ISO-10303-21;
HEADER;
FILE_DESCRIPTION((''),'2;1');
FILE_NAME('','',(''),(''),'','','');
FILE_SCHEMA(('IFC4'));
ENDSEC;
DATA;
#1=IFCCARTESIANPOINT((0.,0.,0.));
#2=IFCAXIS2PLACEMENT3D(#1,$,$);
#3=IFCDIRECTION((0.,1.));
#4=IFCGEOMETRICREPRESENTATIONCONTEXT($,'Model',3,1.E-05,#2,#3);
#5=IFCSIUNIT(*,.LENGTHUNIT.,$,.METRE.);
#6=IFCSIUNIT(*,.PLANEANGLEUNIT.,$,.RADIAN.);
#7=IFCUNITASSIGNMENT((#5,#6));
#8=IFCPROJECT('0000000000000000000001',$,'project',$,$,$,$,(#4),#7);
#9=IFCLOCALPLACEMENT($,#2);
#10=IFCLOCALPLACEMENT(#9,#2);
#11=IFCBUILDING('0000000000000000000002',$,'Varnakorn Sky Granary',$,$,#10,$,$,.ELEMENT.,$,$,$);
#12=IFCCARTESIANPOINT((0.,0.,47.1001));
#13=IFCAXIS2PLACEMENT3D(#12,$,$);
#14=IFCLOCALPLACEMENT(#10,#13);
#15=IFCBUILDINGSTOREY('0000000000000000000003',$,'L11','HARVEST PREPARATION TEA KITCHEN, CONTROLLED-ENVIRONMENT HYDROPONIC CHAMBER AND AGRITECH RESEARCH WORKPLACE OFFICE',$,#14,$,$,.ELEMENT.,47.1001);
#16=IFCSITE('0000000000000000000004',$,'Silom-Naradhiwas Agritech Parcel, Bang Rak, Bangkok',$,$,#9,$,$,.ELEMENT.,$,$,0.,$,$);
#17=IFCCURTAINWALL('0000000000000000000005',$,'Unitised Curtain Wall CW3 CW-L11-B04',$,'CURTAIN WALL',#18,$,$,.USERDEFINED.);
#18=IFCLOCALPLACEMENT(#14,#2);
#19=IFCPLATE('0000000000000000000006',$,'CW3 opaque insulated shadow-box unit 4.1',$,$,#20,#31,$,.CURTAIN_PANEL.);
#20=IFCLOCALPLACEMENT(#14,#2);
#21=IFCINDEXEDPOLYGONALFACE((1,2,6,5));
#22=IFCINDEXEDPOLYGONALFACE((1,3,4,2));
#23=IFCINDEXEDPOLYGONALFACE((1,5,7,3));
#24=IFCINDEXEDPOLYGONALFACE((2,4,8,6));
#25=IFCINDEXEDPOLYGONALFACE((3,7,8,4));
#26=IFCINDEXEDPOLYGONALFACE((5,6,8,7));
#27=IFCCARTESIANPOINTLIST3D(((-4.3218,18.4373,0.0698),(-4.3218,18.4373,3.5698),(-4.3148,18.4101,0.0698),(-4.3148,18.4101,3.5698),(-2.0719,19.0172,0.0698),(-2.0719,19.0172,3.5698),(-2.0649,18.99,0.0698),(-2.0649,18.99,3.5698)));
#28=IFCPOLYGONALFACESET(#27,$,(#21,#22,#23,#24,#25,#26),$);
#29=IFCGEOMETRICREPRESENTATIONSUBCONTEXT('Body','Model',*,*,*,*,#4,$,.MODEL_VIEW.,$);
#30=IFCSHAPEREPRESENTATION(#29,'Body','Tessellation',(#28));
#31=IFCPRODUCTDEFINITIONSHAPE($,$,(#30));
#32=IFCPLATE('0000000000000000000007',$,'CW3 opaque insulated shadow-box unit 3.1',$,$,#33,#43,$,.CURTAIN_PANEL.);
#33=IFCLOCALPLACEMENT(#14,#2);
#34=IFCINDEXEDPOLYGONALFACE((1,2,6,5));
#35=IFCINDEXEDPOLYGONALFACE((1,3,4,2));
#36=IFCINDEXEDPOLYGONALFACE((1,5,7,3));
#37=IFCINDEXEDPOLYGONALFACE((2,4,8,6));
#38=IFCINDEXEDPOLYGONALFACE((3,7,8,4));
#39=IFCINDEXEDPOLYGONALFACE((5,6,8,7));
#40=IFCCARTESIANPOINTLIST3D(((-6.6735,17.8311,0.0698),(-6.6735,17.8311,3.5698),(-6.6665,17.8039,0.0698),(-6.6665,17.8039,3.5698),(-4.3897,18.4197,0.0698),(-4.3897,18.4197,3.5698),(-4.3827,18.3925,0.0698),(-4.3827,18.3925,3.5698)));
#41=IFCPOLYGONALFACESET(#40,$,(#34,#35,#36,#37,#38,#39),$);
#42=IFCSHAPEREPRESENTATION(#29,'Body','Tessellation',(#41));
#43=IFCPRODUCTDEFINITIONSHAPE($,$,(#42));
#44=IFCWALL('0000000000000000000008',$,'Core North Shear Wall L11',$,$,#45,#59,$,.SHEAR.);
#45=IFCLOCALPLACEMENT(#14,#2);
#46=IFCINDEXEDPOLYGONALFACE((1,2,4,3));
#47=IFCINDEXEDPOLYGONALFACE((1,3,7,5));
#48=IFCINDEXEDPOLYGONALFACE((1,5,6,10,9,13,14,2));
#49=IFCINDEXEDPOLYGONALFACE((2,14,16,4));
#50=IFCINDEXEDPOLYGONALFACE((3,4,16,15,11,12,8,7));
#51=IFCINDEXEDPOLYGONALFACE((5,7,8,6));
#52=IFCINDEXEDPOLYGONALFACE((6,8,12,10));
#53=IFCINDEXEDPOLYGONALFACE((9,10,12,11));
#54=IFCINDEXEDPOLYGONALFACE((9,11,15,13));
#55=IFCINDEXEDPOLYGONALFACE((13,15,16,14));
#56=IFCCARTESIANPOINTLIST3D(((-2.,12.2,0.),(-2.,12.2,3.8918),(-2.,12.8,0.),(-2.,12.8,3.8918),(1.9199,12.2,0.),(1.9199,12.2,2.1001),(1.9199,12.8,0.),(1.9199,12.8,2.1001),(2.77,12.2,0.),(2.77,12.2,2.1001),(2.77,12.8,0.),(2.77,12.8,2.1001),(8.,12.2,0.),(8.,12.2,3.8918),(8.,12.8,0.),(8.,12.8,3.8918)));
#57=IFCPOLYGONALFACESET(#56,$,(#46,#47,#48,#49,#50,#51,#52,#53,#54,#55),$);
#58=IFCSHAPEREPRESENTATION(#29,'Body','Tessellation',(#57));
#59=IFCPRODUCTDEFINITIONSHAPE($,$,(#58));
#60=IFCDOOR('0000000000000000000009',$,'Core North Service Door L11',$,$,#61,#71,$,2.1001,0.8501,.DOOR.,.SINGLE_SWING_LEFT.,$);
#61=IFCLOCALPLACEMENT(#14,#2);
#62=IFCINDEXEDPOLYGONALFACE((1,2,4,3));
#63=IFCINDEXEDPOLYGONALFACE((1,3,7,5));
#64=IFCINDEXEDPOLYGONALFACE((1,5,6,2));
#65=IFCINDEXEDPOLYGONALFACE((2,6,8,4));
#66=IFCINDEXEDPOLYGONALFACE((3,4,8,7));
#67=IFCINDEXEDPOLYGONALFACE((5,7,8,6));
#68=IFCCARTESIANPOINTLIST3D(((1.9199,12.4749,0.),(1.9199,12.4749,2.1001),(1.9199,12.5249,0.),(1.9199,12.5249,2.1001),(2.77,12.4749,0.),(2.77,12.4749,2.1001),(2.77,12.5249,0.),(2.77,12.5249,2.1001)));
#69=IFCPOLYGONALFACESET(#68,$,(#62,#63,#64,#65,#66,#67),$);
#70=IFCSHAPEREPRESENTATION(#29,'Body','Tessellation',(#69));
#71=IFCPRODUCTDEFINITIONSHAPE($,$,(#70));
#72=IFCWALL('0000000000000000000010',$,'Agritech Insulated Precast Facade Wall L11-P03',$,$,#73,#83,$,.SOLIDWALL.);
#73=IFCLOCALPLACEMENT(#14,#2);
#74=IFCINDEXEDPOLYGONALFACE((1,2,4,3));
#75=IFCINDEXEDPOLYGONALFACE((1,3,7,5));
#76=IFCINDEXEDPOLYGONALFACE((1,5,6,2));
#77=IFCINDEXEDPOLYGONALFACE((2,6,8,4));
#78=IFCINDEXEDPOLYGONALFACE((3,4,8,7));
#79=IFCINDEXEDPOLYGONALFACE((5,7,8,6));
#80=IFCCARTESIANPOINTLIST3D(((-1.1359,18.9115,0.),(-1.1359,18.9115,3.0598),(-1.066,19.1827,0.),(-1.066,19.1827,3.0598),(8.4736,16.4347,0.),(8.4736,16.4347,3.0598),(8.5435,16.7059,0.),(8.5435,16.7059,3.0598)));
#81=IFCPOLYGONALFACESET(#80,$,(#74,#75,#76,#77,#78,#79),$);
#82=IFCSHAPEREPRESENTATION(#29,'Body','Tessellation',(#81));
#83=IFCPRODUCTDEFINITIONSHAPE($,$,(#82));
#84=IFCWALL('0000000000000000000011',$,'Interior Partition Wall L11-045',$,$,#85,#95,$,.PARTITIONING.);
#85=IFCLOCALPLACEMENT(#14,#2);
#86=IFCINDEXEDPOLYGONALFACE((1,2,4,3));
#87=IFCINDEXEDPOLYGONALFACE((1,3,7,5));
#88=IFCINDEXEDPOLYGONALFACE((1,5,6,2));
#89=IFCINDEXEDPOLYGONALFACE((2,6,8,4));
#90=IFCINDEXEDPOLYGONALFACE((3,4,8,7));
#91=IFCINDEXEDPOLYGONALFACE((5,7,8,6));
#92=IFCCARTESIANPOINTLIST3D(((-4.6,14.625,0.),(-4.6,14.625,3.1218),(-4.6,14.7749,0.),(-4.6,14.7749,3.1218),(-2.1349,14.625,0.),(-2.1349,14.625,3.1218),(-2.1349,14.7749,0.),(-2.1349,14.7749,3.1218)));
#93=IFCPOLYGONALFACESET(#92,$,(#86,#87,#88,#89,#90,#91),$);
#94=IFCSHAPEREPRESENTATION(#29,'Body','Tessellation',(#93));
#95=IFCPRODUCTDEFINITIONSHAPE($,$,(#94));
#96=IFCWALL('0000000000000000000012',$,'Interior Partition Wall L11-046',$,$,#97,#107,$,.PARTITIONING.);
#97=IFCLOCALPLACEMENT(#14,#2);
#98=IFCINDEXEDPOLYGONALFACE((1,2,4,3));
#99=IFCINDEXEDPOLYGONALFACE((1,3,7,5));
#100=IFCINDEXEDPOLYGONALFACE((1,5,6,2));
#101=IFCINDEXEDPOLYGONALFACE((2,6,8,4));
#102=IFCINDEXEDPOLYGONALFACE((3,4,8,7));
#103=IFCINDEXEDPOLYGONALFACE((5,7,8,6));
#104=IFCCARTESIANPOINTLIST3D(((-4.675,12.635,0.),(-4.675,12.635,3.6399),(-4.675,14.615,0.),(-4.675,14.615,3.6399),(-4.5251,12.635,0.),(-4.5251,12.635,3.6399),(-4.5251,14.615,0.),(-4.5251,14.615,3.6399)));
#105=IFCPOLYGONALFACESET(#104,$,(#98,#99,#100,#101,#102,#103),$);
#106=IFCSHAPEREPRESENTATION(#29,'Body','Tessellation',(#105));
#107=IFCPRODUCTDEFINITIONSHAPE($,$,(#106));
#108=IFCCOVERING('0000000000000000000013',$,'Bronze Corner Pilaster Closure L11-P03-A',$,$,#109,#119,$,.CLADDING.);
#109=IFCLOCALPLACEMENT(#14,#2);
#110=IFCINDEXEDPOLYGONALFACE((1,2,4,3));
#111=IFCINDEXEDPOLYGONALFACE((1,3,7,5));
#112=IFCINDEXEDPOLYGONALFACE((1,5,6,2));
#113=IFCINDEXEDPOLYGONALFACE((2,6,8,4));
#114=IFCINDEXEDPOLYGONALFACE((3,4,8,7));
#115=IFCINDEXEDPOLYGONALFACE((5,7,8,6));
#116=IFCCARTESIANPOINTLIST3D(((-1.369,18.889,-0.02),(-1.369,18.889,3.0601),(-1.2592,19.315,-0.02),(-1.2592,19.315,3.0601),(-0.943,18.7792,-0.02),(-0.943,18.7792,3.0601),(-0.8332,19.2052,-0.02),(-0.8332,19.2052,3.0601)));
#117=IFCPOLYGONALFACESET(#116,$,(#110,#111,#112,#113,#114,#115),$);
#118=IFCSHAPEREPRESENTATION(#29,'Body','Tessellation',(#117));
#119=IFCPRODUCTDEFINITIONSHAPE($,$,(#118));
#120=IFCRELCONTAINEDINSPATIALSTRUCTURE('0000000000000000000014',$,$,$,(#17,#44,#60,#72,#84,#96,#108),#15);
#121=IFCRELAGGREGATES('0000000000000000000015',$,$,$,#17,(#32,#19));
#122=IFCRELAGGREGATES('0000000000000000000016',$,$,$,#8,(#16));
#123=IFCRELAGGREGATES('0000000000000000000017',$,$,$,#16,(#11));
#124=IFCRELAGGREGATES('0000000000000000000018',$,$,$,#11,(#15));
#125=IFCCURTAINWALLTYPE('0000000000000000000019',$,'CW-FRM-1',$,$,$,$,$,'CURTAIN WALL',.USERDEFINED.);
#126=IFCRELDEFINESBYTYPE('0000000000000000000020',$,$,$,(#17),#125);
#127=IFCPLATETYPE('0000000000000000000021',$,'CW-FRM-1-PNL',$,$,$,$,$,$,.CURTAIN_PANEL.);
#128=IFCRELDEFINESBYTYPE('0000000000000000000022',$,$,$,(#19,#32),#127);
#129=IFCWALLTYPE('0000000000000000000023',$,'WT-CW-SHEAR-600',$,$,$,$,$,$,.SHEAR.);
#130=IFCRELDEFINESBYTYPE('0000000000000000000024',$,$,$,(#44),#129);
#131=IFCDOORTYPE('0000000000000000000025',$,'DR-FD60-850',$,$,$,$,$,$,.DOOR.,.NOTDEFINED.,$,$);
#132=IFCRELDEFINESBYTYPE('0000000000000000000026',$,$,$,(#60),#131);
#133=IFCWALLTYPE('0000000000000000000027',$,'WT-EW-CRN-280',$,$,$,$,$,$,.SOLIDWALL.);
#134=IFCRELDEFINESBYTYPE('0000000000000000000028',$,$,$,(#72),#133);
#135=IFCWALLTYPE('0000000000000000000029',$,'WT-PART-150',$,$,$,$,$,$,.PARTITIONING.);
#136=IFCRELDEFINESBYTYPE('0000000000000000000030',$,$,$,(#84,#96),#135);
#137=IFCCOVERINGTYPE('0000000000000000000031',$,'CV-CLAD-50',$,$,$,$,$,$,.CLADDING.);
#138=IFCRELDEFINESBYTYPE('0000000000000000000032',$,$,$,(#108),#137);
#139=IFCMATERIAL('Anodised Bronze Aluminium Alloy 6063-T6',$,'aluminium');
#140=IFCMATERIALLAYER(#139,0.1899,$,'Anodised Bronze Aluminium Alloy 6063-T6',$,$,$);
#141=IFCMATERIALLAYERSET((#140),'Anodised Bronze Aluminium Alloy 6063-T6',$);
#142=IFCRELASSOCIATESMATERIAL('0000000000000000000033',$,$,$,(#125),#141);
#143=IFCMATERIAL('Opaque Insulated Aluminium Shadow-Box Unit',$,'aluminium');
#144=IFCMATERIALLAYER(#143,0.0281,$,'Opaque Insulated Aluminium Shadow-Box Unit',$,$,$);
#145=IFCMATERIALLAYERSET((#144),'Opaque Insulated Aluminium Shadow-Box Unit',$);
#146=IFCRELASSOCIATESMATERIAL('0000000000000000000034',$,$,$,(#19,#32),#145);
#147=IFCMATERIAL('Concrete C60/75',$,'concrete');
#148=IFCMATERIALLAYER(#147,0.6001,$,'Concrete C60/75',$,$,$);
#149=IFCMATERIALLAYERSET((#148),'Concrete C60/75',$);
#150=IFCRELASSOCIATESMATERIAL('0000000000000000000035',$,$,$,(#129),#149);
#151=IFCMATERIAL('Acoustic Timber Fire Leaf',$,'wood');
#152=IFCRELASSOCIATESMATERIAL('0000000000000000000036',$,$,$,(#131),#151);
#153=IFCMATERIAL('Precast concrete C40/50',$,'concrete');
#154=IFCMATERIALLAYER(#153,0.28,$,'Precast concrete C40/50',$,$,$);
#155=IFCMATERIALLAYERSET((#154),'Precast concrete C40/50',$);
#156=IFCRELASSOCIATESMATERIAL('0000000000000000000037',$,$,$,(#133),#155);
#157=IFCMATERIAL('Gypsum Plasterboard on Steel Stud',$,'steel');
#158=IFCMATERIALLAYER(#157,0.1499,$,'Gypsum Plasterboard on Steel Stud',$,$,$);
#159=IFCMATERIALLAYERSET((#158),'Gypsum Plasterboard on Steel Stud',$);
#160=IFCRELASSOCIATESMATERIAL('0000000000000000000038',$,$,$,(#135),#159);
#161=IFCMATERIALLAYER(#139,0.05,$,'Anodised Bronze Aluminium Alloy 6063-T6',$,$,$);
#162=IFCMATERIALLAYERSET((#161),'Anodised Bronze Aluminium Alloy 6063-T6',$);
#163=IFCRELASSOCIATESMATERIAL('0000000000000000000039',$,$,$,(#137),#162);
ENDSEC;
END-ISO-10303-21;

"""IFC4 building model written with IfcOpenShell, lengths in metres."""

from ifc_helpers import new_model, si_unit, direction, frame, frame_2d, origin, origin_2d, place, context, subcontext, project, spatial, rectangle, extrude, source, transform, mapped, material, layer, layer_set, type_object, type_shapes, element, fill, aggregate, save


model = new_model("IFC4")

# Units and contexts
model_context = context("Model", 3, precision=1e-05, world=origin(), true_north=direction((0.0, 1.0)))
body_context = subcontext(model_context, "Body", "Model", "MODEL_VIEW")
ifc_project = project(units=[si_unit("LENGTHUNIT", "METRE"), si_unit("PLANEANGLEUNIT", "RADIAN")], contexts=[model_context])

# Site, building, storey
site_placement = place(None, origin())
site = spatial("IfcSite", under=ifc_project, at=site_placement, Name="Silom-Naradhiwas Agritech Parcel, Bang Rak, Bangkok", CompositionType="ELEMENT", RefElevation=0.0)
building_placement = place(site_placement, origin())
building = spatial("IfcBuilding", under=site, at=building_placement, Name="Varnakorn Sky Granary", CompositionType="ELEMENT")
storey_placement = place(building_placement, frame((0.0, 0.0, 47.1001)))
storey = spatial("IfcBuildingStorey", under=building, at=storey_placement, Name="L11", Description="HARVEST PREPARATION TEA KITCHEN, CONTROLLED-ENVIRONMENT HYDROPONIC CHAMBER AND AGRITECH RESEARCH WORKPLACE OFFICE", CompositionType="ELEMENT", Elevation=47.1001)

# Shared definitions
ifc_material_1 = material(Name="Concrete C60/75", Category="concrete")

# Curtain wall
ifc_material_2 = material(Name="Anodised Bronze Aluminium Alloy 6063-T6", Category="aluminium")
ifc_layer_1 = layer(ifc_material_2, 0.1899, Name="Anodised Bronze Aluminium Alloy 6063-T6")
ifc_layer_set_1 = layer_set([ifc_layer_1], Name="Anodised Bronze Aluminium Alloy 6063-T6")
curtain_wall_type = type_object("IfcCurtainWallType", Name="CW-FRM-1", ElementType="CURTAIN WALL", PredefinedType="USERDEFINED", material=ifc_layer_set_1)
curtain_wall_placement = place(storey_placement, origin())
curtain_wall = element("IfcCurtainWall", 1, at=curtain_wall_placement, inside=storey, type_object=curtain_wall_type, Name="Unitised Curtain Wall CW3 CW-L11-B04", ObjectType="CURTAIN WALL", PredefinedType="USERDEFINED")

# Plates
ifc_material_3 = material(Name="Opaque Insulated Aluminium Shadow-Box Unit", Category="aluminium")
ifc_layer_2 = layer(ifc_material_3, 0.0281, Name="Opaque Insulated Aluminium Shadow-Box Unit")
ifc_layer_set_2 = layer_set([ifc_layer_2], Name="Opaque Insulated Aluminium Shadow-Box Unit")
plate_type = type_object("IfcPlateType", Name="CW-FRM-1-PNL", PredefinedType="CURTAIN_PANEL")
shared_shape_1 = source(origin(), body_context, "Body", "SweptSolid", [
    extrude(rectangle(XDim=2.3235, YDim=0.0281, at=origin_2d()), origin(), (0.0, 0.0, 1.0), 3.5),
])
plate_1_placement = place(storey_placement, frame((-3.1934, 18.7136, 0.0698), z_axis=(0.0, 0.0, 1.0), x_axis=(0.96835, 0.249595, 0.0)))
plate_1 = element("IfcPlate", 2, at=plate_1_placement, type_object=plate_type, material=ifc_layer_set_2, Name="CW3 opaque insulated shadow-box unit 4.1", PredefinedType="CURTAIN_PANEL", context=body_context, shape_type="MappedRepresentation", body=[
    mapped(shared_shape_1, transform((0.0, 0.0, 0.0), x_axis=(1.0, 0.0, 0.0), y_axis=(0.0, 1.0, 0.0), z_axis=(0.0, 0.0, 1.0), scale=1.0)),
])
shared_shape_2 = source(origin(), body_context, "Body", "SweptSolid", [
    extrude(rectangle(XDim=2.3584, YDim=0.0281, at=origin_2d()), origin(), (0.0, 0.0, 1.0), 3.5),
])
type_shapes(plate_type, [shared_shape_1, shared_shape_2])
plate_2_placement = place(storey_placement, frame((-5.5281, 18.1118, 0.0698), z_axis=(0.0, 0.0, 1.0), x_axis=(0.96835, 0.249595, 0.0)))
plate_2 = element("IfcPlate", 3, at=plate_2_placement, type_object=plate_type, material=ifc_layer_set_2, Name="CW3 opaque insulated shadow-box unit 3.1", PredefinedType="CURTAIN_PANEL", context=body_context, shape_type="MappedRepresentation", body=[
    mapped(shared_shape_2, transform((0.0, 0.0, 0.0), x_axis=(1.0, 0.0, 0.0), y_axis=(0.0, 1.0, 0.0), z_axis=(0.0, 0.0, 1.0), scale=1.0)),
])
aggregate(curtain_wall, [plate_2, plate_1])

# Wall, opening, door
ifc_layer_3 = layer(ifc_material_1, 0.6001, Name="Concrete C60/75")
ifc_layer_set_3 = layer_set([ifc_layer_3], Name="Concrete C60/75")
wall_type_1 = type_object("IfcWallType", Name="WT-CW-SHEAR-600", PredefinedType="SHEAR", material=ifc_layer_set_3)
wall_1_placement = place(storey_placement, frame((-2.0, 12.5, 0.0), z_axis=(0.0, 0.0, 1.0), x_axis=(1.0, 0.0, 0.0)))
wall_1 = element("IfcWall", 4, at=wall_1_placement, inside=storey, type_object=wall_type_1, Name="Core North Shear Wall L11", PredefinedType="SHEAR", context=body_context, shape_type="SweptSolid", body=[
    extrude(rectangle(XDim=10.0, YDim=0.6001, at=frame_2d((5.0, 0.0))), origin(), (0.0, 0.0, 1.0), 3.8918),
])
opening_placement = place(wall_1_placement, frame((3.9199, 0.0, 0.0)))
opening = element("IfcOpeningElement", 5, at=opening_placement, cuts=wall_1, PredefinedType="OPENING", context=body_context, shape_type="SweptSolid", body=[
    extrude(rectangle(XDim=0.8501, YDim=2.1001, at=frame_2d((0.425, 1.05))), frame((0.0, 0.3101, 0.0), z_axis=(0.0, -1.0, 0.0), x_axis=(1.0, 0.0, 0.0)), (0.0, 0.0, 1.0), 0.6201),
])
ifc_material_4 = material(Name="Acoustic Timber Fire Leaf", Category="wood")
door_type = type_object("IfcDoorType", Name="DR-FD60-850", OperationType="NOTDEFINED", PredefinedType="DOOR", material=ifc_material_4)
door_placement = place(opening_placement, origin())
door = element("IfcDoor", 6, at=door_placement, inside=storey, type_object=door_type, Name="Core North Service Door L11", OperationType="SINGLE_SWING_LEFT", OverallHeight=2.1001, OverallWidth=0.8501, PredefinedType="DOOR", context=body_context, shape_type="SweptSolid", body=[
    extrude(rectangle(XDim=0.8501, YDim=2.1001, at=frame_2d((0.425, 1.05))), frame((0.0, 0.0249, 0.0), z_axis=(0.0, -1.0, 0.0), x_axis=(1.0, 0.0, 0.0)), (0.0, 0.0, 1.0), 0.05),
])
fill(opening, door)

# Walls
ifc_material_5 = material(Name="Precast concrete C40/50", Category="concrete")
ifc_layer_4 = layer(ifc_material_5, 0.28, Name="Precast concrete C40/50")
ifc_layer_set_4 = layer_set([ifc_layer_4], Name="Precast concrete C40/50")
wall_type_2 = type_object("IfcWallType", Name="WT-EW-CRN-280", PredefinedType="SOLIDWALL", material=ifc_layer_set_4)
wall_2_placement = place(storey_placement, frame((-1.1011, 19.0471, 0.0), z_axis=(0.0, 0.0, 1.0), x_axis=(0.968353, -0.249586, 0.0)))
element("IfcWall", 7, at=wall_2_placement, inside=storey, type_object=wall_type_2, Name="Agritech Insulated Precast Facade Wall L11-P03", PredefinedType="SOLIDWALL", context=body_context, shape_type="SweptSolid", body=[
    extrude(rectangle(XDim=9.9236, YDim=0.28, at=frame_2d((4.9619, 0.0))), origin(), (0.0, 0.0, 1.0), 3.0598),
])
ifc_material_6 = material(Name="Gypsum Plasterboard on Steel Stud", Category="steel")
ifc_layer_5 = layer(ifc_material_6, 0.1499, Name="Gypsum Plasterboard on Steel Stud")
ifc_layer_set_5 = layer_set([ifc_layer_5], Name="Gypsum Plasterboard on Steel Stud")
wall_type_3 = type_object("IfcWallType", Name="WT-PART-150", PredefinedType="PARTITIONING", material=ifc_layer_set_5)
wall_3_placement = place(storey_placement, frame((-2.135, 14.7, 0.0), z_axis=(0.0, 0.0, 1.0), x_axis=(-1.0, 0.0, 0.0)))
element("IfcWall", 8, at=wall_3_placement, inside=storey, type_object=wall_type_3, Name="Interior Partition Wall L11-045", PredefinedType="PARTITIONING", context=body_context, shape_type="SweptSolid", body=[
    extrude(rectangle(XDim=2.4651, YDim=0.1499, at=frame_2d((1.2324, 0.0))), origin(), (0.0, 0.0, 1.0), 3.1218),
])
wall_4_placement = place(storey_placement, frame((-4.6001, 14.615, 0.0), z_axis=(0.0, 0.0, 1.0), x_axis=(0.0, -1.0, 0.0)))
element("IfcWall", 9, at=wall_4_placement, inside=storey, type_object=wall_type_3, Name="Interior Partition Wall L11-046", PredefinedType="PARTITIONING", context=body_context, shape_type="SweptSolid", body=[
    extrude(rectangle(XDim=1.98, YDim=0.1499, at=frame_2d((0.99, 0.0))), origin(), (0.0, 0.0, 1.0), 3.6399),
])

# Covering
ifc_layer_6 = layer(ifc_material_2, 0.05, Name="Anodised Bronze Aluminium Alloy 6063-T6")
ifc_layer_set_6 = layer_set([ifc_layer_6], Name="Anodised Bronze Aluminium Alloy 6063-T6")
covering_type = type_object("IfcCoveringType", Name="CV-CLAD-50", PredefinedType="CLADDING", material=ifc_layer_set_6)
shared_shape_3 = source(origin(), body_context, "Body", "SweptSolid", [
    extrude(rectangle(XDim=0.4399, YDim=0.4399, at=origin_2d()), origin(), (0.0, 0.0, 1.0), 3.0801),
])
type_shapes(covering_type, [shared_shape_3])
covering_placement = place(storey_placement, frame((-1.1011, 19.0471, -0.02), z_axis=(0.0, 0.0, 1.0), x_axis=(0.968366, -0.249535, 0.0)))
element("IfcCovering", 10, at=covering_placement, inside=storey, type_object=covering_type, Name="Bronze Corner Pilaster Closure L11-P03-A", PredefinedType="CLADDING", context=body_context, shape_type="MappedRepresentation", body=[
    mapped(shared_shape_3, transform((0.0, 0.0, 0.0), x_axis=(1.0, 0.0, 0.0), y_axis=(0.0, 1.0, 0.0), z_axis=(0.0, 0.0, 1.0), scale=1.0)),
])

save(model, "model.ifc")
